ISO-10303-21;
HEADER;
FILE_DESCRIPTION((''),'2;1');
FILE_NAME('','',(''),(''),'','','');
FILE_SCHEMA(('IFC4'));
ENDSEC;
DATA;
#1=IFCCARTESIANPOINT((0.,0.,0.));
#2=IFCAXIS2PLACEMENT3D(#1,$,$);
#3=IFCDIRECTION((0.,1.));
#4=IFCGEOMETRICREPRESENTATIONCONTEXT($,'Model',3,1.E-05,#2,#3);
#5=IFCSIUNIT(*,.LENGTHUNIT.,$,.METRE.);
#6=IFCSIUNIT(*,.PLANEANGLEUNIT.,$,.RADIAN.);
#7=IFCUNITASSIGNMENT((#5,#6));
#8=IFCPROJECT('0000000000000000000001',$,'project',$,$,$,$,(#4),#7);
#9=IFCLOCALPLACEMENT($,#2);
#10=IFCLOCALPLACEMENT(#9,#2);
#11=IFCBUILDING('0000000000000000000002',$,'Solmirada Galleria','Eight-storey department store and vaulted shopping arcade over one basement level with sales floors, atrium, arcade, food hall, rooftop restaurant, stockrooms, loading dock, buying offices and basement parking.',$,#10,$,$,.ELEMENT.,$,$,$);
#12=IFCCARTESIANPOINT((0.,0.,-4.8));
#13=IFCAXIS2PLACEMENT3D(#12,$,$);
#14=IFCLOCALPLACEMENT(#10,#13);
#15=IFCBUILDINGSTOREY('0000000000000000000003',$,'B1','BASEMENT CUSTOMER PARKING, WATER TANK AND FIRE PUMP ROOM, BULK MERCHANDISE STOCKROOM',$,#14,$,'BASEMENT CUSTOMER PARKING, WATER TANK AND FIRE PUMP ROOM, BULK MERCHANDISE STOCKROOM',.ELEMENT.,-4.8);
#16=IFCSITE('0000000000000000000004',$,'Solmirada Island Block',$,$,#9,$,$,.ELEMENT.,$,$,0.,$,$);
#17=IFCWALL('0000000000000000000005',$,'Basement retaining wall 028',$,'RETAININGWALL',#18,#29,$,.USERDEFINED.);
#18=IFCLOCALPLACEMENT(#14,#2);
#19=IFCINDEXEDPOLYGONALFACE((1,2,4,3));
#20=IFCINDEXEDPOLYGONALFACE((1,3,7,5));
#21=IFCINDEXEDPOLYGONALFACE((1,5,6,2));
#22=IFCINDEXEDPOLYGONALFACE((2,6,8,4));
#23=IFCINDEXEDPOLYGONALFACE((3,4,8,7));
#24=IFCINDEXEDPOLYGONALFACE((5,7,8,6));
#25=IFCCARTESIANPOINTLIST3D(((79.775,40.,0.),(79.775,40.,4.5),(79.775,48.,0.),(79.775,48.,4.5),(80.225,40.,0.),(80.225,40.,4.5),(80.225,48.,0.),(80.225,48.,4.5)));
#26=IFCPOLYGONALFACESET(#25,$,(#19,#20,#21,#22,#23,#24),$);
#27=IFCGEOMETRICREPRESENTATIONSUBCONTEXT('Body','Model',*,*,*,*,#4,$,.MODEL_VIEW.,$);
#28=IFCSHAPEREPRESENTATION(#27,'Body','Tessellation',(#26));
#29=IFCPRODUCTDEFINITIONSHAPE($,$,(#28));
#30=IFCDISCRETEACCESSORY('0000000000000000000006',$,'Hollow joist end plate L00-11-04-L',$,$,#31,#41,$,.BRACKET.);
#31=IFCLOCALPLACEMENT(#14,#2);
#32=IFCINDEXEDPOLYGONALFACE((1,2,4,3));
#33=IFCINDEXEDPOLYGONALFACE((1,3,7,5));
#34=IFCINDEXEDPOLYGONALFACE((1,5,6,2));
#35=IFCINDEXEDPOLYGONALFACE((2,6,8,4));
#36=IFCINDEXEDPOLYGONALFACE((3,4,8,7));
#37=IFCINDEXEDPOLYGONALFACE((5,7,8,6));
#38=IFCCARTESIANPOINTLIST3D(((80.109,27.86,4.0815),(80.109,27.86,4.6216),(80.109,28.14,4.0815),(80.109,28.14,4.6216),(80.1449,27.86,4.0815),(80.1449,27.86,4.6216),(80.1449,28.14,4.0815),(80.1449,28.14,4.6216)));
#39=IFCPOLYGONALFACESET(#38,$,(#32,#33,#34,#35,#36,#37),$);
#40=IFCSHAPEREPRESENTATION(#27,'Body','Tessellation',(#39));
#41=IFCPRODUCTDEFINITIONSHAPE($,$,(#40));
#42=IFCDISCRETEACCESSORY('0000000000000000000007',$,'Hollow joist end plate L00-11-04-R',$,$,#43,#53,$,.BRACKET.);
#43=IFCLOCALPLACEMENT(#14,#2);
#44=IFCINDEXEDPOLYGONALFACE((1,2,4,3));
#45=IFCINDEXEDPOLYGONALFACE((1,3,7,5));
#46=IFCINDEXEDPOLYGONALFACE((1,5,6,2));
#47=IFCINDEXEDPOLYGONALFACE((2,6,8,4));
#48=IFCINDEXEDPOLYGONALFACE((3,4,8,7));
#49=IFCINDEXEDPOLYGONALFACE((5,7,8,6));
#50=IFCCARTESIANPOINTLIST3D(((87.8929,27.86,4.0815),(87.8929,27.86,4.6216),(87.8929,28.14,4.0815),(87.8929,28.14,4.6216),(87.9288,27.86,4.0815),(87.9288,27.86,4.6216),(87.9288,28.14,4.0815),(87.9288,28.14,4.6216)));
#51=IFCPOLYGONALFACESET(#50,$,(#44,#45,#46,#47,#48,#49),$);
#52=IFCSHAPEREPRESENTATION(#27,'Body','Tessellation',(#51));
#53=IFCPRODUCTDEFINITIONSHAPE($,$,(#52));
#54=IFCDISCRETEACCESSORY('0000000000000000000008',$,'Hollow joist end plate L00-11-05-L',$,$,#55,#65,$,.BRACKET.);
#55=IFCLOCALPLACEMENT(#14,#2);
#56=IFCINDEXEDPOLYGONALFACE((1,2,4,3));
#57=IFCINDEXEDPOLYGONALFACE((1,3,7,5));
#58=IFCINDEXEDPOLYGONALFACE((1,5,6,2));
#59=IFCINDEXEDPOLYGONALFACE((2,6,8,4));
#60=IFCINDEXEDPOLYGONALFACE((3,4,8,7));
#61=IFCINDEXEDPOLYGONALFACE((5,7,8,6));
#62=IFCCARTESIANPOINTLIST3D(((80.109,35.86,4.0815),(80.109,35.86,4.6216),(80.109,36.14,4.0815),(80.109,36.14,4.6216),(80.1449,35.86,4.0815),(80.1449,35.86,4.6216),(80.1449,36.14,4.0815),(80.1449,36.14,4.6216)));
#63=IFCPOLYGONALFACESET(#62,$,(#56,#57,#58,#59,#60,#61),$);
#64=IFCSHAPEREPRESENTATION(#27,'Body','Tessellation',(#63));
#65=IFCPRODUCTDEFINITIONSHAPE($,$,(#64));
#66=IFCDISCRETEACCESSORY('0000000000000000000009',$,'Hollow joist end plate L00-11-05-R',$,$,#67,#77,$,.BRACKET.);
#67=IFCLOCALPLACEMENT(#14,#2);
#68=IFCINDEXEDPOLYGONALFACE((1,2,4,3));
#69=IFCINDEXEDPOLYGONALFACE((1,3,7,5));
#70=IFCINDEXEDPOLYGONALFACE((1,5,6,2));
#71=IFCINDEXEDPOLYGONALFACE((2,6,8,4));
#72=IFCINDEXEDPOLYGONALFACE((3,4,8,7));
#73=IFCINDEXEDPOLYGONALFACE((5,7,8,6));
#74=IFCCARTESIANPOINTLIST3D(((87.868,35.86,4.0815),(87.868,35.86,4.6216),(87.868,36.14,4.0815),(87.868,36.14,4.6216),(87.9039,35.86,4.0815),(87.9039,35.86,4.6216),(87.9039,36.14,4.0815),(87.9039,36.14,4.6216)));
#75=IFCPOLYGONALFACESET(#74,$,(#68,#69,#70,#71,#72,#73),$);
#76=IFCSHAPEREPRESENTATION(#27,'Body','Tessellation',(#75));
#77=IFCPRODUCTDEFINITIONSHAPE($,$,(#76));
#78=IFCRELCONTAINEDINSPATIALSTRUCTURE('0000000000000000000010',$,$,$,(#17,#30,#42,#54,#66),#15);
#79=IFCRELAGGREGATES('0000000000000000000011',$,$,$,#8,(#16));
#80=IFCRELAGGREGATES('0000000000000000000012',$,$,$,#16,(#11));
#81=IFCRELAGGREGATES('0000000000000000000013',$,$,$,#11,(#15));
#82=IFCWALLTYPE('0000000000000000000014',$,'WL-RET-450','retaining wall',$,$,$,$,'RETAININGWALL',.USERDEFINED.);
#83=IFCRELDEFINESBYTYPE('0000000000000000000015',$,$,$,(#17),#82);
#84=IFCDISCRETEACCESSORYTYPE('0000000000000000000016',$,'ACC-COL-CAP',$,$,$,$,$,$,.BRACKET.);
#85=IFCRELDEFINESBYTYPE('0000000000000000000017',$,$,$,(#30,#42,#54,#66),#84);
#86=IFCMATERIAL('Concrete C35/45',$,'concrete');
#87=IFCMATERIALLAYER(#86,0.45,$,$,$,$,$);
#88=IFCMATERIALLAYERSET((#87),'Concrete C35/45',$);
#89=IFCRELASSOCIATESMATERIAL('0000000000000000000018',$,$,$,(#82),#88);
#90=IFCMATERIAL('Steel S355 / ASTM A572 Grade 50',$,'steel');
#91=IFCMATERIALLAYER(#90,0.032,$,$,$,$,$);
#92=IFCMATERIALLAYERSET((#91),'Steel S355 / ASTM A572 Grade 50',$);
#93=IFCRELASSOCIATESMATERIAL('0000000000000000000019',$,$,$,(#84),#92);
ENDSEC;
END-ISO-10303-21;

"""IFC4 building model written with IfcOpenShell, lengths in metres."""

from ifc_helpers import new_model, si_unit, direction, frame, frame_2d, origin, origin_2d, place, context, subcontext, project, spatial, rectangle, extrude, material, layer, layer_set, type_object, element, save


model = new_model("IFC4")

# Units and contexts
model_context = context("Model", 3, precision=1e-05, world=origin(), true_north=direction((0.0, 1.0)))
body_context = subcontext(model_context, "Body", "Model", "MODEL_VIEW")
ifc_project = project(units=[si_unit("LENGTHUNIT", "METRE"), si_unit("PLANEANGLEUNIT", "RADIAN")], contexts=[model_context])

# Site, building, storey
site_placement = place(None, origin())
site = spatial("IfcSite", under=ifc_project, at=site_placement, Name="Solmirada Island Block", CompositionType="ELEMENT", RefElevation=0.0)
building_placement = place(site_placement, origin())
building = spatial("IfcBuilding", under=site, at=building_placement, Name="Solmirada Galleria", Description="Eight-storey department store and vaulted shopping arcade over one basement level with sales floors, atrium, arcade, food hall, rooftop restaurant, stockrooms, loading dock, buying offices and basement parking.", CompositionType="ELEMENT")
storey_placement = place(building_placement, frame((0.0, 0.0, -4.8)))
storey = spatial("IfcBuildingStorey", under=building, at=storey_placement, Name="B1", Description="BASEMENT CUSTOMER PARKING, WATER TANK AND FIRE PUMP ROOM, BULK MERCHANDISE STOCKROOM", LongName="BASEMENT CUSTOMER PARKING, WATER TANK AND FIRE PUMP ROOM, BULK MERCHANDISE STOCKROOM", CompositionType="ELEMENT", Elevation=-4.8)

# Shared definitions
ifc_material_1 = material(Name="Concrete C35/45", Category="concrete")

# Wall
ifc_layer_1 = layer(ifc_material_1, 0.45)
ifc_layer_set_1 = layer_set([ifc_layer_1], Name="Concrete C35/45")
wall_type = type_object("IfcWallType", Name="WL-RET-450", Description="retaining wall", ElementType="RETAININGWALL", PredefinedType="USERDEFINED", material=ifc_layer_set_1)
wall_placement = place(storey_placement, frame((80.0, 40.0, 0.0), z_axis=(0.0, 0.0, 1.0), x_axis=(0.0, 1.0, 0.0)))
element("IfcWall", 1, at=wall_placement, inside=storey, type_object=wall_type, Name="Basement retaining wall 028", ObjectType="RETAININGWALL", PredefinedType="USERDEFINED", context=body_context, shape_type="SweptSolid", body=[
    extrude(rectangle(XDim=8.0, YDim=0.45, at=frame_2d((4.0, 0.0))), origin(), (0.0, 0.0, 1.0), 4.5),
])

# Discrete accessories
ifc_material_2 = material(Name="Steel S355 / ASTM A572 Grade 50", Category="steel")
ifc_layer_2 = layer(ifc_material_2, 0.032)
ifc_layer_set_2 = layer_set([ifc_layer_2], Name="Steel S355 / ASTM A572 Grade 50")
discrete_accessory_type = type_object("IfcDiscreteAccessoryType", Name="ACC-COL-CAP", PredefinedType="BRACKET", material=ifc_layer_set_2)
for number, where, z_axis, x_axis, name in (
    (2, (80.127, 28.0, 4.0815), (0.0, 0.0, 1.0), (1.0, 0.0, 0.0), "Hollow joist end plate L00-11-04-L"),
    (3, (87.9109, 28.0, 4.0815), (0.0, 0.0, 1.0), (1.0, 0.0, 0.0), "Hollow joist end plate L00-11-04-R"),
    (4, (80.127, 36.0, 4.0815), (0.0, 0.0, 1.0), (1.0, 0.0, 0.0), "Hollow joist end plate L00-11-05-L"),
    (5, (87.886, 36.0, 4.0815), (0.0, 0.0, 1.0), (1.0, 0.0, 0.0), "Hollow joist end plate L00-11-05-R"),
):
    element("IfcDiscreteAccessory", number, at=place(storey_placement, frame(where, z_axis=z_axis, x_axis=x_axis)), inside=storey, type_object=discrete_accessory_type, Name=name, PredefinedType="BRACKET", context=body_context, shape_type="SweptSolid", body=[
        extrude(rectangle(XDim=0.0359, YDim=0.28, at=origin_2d()), origin(), (0.0, 0.0, 1.0), 0.54),
    ])

save(model, "model.ifc")
